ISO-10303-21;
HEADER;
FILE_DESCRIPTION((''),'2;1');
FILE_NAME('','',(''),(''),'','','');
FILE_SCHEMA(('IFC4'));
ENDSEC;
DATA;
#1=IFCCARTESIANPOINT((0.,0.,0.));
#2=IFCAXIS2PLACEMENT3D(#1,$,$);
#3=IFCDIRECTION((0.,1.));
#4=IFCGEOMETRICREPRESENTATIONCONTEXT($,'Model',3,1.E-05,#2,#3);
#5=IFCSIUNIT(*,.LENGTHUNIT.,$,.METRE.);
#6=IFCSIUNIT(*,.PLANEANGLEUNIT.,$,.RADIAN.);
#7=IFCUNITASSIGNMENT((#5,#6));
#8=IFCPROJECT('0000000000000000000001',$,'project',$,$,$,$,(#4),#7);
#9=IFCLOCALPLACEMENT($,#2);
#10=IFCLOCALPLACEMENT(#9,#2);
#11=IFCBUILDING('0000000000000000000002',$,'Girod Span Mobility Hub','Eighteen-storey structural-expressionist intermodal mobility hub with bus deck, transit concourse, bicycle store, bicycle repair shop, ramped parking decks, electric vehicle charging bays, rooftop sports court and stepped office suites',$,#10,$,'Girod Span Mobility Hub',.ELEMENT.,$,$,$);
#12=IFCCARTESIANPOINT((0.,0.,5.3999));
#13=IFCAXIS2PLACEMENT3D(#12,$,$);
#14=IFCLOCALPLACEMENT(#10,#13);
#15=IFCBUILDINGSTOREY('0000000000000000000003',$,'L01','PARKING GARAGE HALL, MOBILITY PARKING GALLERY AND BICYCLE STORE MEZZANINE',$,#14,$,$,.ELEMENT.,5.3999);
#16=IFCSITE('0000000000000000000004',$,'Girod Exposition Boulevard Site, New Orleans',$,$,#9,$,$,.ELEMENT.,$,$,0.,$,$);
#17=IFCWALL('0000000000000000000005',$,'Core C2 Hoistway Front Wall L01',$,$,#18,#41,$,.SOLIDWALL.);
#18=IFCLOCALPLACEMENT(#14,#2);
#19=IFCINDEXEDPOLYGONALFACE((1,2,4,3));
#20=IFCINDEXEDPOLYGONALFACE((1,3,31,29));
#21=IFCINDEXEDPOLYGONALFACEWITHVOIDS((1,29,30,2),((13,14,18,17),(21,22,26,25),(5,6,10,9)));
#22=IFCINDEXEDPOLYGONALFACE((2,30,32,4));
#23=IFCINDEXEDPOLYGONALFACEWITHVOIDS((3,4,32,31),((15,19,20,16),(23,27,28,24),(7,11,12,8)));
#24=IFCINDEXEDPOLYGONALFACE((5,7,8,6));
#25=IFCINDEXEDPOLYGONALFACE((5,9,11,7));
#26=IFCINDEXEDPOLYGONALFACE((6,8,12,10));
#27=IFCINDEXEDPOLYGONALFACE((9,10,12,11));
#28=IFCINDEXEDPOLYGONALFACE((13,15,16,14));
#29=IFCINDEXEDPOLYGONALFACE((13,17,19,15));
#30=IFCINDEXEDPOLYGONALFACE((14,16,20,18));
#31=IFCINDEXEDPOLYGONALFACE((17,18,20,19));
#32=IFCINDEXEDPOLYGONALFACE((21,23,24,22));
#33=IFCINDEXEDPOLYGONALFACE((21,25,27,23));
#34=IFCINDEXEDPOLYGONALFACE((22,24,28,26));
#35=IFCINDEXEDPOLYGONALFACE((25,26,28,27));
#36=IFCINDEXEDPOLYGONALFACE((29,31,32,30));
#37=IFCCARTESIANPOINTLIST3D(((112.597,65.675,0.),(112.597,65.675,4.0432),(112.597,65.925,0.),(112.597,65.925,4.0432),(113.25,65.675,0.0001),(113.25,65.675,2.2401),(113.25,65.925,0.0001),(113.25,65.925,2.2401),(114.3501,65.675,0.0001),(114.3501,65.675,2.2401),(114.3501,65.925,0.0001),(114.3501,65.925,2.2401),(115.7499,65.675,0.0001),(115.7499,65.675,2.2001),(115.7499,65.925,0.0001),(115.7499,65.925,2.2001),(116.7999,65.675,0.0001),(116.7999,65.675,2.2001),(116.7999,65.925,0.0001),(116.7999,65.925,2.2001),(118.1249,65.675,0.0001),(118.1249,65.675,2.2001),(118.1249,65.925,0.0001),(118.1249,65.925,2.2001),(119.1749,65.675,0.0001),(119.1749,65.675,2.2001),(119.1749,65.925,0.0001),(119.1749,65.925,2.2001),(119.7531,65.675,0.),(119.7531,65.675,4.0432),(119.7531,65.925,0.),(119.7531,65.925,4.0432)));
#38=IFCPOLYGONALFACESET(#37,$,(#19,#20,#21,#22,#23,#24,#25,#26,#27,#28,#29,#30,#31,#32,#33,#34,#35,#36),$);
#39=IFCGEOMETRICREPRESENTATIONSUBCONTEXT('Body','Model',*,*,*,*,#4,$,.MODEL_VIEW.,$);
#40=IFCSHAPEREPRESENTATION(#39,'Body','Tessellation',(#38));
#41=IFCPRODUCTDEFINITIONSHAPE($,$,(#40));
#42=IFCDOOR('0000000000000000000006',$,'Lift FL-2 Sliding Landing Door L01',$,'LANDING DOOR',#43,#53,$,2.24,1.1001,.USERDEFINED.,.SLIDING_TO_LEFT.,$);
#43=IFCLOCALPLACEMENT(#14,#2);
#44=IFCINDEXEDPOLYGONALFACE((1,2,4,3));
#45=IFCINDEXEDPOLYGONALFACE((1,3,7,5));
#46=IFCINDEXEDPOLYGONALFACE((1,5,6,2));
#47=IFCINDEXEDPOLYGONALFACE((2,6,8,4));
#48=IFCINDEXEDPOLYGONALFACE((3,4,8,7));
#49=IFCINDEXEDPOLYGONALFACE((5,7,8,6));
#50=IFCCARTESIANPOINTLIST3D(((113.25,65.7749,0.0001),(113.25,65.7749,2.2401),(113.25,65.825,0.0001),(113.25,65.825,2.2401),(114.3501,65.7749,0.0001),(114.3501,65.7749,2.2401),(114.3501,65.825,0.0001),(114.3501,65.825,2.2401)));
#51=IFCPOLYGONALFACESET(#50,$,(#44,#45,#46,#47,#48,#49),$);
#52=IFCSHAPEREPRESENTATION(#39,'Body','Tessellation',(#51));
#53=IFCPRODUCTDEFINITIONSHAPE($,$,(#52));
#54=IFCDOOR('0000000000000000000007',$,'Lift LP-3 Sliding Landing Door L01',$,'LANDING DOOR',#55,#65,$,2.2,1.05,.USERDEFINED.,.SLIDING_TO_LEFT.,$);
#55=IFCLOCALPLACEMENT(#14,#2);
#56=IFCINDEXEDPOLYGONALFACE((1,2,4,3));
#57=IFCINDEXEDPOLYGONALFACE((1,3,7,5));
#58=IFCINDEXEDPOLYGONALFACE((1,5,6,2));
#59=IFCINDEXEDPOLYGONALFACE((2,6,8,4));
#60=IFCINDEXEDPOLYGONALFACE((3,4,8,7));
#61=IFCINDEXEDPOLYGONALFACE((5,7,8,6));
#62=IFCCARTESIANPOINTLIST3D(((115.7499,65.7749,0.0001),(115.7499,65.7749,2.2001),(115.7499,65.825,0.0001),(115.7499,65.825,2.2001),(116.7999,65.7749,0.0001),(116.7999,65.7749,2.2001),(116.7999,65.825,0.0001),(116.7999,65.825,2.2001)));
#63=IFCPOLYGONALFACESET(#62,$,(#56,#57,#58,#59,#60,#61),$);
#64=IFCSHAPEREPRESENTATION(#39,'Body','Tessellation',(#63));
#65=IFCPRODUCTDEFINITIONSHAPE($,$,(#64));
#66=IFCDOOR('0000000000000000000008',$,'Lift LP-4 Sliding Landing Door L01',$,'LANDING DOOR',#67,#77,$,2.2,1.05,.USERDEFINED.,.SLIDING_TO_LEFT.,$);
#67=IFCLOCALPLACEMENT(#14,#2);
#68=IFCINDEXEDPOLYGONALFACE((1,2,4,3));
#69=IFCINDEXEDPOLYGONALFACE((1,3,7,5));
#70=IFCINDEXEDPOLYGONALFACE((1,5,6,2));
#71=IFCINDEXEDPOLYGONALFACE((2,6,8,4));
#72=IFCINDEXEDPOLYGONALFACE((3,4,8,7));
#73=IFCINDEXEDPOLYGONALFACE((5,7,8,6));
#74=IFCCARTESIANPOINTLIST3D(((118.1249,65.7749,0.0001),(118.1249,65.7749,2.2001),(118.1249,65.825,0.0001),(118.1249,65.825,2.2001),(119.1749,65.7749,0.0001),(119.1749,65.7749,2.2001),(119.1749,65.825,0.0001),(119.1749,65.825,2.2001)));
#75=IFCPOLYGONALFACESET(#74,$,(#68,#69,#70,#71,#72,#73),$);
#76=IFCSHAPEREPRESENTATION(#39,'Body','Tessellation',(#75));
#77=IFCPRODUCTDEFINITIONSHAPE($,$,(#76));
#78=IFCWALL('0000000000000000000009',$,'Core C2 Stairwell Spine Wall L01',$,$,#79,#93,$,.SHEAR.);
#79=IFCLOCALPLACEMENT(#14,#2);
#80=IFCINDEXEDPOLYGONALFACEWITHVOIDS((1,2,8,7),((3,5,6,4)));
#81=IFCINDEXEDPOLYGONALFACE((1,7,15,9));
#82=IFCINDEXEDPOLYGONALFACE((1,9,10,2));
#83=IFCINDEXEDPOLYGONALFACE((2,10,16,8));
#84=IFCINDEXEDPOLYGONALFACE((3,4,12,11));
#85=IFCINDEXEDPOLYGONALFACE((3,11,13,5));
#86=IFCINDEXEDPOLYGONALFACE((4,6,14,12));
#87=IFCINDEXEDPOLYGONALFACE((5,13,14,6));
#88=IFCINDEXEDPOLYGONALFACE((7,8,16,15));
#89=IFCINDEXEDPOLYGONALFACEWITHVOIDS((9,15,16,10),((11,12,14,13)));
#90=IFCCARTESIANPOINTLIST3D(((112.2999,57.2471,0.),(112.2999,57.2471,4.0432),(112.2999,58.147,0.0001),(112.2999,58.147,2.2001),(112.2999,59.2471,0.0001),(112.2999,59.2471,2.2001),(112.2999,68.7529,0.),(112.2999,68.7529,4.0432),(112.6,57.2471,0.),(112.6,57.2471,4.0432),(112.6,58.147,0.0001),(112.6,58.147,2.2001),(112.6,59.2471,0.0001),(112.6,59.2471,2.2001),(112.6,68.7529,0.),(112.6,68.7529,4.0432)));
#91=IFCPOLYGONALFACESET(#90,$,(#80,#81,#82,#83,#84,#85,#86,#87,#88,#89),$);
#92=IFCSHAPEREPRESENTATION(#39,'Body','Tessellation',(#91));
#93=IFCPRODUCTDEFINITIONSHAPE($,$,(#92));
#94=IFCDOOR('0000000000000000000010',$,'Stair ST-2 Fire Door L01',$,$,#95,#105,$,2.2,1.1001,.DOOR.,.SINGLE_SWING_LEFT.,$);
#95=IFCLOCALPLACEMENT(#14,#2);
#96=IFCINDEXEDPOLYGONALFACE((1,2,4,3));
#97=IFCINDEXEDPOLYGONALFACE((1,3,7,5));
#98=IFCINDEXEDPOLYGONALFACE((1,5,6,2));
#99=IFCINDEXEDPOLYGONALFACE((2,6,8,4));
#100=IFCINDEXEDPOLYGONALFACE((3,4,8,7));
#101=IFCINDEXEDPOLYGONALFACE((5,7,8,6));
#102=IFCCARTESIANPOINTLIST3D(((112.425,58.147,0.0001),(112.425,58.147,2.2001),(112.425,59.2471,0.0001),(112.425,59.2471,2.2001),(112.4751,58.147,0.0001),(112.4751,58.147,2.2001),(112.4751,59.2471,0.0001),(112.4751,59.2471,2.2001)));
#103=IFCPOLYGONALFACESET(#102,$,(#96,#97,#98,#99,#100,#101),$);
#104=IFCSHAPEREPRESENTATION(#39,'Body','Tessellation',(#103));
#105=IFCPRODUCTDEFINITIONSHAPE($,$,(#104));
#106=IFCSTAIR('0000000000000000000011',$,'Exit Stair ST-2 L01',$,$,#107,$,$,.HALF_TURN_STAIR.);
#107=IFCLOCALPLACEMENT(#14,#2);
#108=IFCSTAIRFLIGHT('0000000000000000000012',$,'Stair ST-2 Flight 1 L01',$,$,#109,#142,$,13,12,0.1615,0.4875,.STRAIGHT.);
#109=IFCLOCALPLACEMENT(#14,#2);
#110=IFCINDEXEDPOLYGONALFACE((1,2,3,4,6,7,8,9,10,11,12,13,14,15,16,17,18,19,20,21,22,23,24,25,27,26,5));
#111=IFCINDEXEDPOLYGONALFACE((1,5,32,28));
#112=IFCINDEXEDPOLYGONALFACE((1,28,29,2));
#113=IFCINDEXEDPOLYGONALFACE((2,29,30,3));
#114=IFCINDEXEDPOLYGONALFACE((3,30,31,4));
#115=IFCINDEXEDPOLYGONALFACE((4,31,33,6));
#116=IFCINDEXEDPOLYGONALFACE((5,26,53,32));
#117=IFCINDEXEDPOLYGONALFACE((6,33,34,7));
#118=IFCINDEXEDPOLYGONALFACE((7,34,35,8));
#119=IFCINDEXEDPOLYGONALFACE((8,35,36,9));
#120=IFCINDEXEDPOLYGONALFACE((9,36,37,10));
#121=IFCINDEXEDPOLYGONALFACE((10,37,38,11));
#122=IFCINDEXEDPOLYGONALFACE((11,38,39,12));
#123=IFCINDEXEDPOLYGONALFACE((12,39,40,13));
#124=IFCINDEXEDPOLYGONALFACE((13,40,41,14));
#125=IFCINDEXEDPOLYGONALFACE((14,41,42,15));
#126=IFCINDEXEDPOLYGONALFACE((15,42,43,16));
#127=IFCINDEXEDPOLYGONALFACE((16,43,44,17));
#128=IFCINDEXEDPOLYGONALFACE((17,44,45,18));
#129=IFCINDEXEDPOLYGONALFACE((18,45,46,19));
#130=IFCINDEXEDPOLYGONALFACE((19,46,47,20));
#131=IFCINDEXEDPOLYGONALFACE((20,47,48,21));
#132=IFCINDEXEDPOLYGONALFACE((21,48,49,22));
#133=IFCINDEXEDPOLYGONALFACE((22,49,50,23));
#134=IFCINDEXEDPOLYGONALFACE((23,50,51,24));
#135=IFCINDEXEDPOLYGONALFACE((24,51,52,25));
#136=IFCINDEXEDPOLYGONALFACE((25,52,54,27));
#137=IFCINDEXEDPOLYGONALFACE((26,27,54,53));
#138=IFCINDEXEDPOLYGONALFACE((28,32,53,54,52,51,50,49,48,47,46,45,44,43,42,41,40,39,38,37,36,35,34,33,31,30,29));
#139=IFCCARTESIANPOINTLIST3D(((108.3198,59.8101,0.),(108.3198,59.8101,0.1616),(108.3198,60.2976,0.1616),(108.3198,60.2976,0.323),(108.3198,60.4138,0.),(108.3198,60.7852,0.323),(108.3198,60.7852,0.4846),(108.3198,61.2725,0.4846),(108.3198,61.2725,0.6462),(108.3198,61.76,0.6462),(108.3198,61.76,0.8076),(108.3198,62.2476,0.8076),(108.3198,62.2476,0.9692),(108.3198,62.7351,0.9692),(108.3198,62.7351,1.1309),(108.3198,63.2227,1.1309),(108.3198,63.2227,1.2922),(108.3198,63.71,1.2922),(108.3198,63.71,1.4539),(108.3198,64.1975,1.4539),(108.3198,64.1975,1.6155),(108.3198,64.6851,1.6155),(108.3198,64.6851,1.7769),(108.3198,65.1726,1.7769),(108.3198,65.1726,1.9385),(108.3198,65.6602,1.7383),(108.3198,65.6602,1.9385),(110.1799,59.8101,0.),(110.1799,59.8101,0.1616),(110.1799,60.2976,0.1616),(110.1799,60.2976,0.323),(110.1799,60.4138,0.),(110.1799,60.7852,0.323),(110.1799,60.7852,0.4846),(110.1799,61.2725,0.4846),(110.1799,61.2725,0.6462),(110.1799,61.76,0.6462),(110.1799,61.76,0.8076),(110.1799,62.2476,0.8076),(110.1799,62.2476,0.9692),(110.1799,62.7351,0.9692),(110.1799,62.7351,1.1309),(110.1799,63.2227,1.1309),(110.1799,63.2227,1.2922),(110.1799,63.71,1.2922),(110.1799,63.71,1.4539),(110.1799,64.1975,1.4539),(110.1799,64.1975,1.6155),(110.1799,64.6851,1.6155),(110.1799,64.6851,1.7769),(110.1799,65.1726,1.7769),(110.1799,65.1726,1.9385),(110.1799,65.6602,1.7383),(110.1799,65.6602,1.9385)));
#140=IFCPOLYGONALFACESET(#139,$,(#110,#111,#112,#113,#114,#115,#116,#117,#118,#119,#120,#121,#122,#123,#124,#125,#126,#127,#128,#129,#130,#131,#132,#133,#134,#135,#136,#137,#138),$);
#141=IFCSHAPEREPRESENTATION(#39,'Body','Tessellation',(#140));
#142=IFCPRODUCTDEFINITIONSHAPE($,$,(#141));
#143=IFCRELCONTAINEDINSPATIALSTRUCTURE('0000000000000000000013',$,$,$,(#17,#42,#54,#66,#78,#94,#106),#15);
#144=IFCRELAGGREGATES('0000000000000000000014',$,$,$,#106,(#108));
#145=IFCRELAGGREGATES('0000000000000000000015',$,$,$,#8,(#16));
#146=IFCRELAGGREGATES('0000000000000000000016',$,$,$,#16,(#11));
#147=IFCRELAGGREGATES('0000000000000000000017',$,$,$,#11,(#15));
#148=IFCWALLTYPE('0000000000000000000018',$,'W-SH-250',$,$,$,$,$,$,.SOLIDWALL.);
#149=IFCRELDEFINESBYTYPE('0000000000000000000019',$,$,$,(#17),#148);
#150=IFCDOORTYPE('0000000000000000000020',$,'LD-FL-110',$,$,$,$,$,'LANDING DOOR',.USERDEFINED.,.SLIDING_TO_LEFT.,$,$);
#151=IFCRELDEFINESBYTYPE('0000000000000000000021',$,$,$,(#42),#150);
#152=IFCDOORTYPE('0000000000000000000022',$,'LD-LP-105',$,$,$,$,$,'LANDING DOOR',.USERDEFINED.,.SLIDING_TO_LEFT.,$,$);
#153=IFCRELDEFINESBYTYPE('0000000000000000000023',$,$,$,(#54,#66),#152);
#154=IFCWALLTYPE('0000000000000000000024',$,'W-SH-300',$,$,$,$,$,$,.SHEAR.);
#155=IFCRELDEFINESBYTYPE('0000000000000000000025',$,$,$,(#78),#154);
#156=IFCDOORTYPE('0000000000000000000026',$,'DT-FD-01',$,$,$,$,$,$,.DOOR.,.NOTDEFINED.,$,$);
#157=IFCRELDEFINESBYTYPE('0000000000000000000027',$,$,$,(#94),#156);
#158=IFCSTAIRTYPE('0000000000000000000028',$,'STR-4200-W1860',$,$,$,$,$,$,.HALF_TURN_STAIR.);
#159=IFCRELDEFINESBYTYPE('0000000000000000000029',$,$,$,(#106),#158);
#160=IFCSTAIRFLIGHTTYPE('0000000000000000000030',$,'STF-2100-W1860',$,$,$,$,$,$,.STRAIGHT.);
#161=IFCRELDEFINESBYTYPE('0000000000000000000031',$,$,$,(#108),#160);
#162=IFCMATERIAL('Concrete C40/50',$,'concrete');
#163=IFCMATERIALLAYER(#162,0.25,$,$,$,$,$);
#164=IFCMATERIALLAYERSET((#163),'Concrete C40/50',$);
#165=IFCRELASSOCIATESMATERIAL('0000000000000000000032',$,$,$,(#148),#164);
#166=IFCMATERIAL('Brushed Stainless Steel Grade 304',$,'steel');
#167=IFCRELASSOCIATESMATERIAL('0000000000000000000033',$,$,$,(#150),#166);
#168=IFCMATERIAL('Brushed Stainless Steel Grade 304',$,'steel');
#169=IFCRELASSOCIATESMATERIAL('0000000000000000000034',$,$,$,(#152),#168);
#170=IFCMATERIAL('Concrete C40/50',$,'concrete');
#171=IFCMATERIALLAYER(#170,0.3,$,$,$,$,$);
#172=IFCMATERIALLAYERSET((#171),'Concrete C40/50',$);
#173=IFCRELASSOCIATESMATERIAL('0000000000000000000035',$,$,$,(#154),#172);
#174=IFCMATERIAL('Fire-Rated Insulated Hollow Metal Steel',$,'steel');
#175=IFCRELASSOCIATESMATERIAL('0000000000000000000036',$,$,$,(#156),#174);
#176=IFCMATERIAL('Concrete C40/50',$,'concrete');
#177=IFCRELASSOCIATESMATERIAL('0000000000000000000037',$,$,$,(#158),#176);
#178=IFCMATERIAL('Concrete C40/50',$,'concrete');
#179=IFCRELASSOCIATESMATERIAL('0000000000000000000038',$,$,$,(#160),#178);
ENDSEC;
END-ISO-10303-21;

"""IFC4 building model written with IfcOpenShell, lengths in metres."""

from ifc_helpers import new_model, si_unit, direction, frame, frame_2d, origin, place, context, subcontext, project, spatial, polyline, rectangle, outline, extrude, material, layer, layer_set, type_object, element, fill, aggregate, save


model = new_model("IFC4")

# Units and contexts
model_context = context("Model", 3, precision=1e-05, world=origin(), true_north=direction((0.0, 1.0)))
body_context = subcontext(model_context, "Body", "Model", "MODEL_VIEW")
ifc_project = project(units=[si_unit("LENGTHUNIT", "METRE"), si_unit("PLANEANGLEUNIT", "RADIAN")], contexts=[model_context])

# Site, building, storey
site_placement = place(None, origin())
site = spatial("IfcSite", under=ifc_project, at=site_placement, Name="Girod Exposition Boulevard Site, New Orleans", CompositionType="ELEMENT", RefElevation=0.0)
building_placement = place(site_placement, origin())
building = spatial("IfcBuilding", under=site, at=building_placement, Name="Girod Span Mobility Hub", Description="Eighteen-storey structural-expressionist intermodal mobility hub with bus deck, transit concourse, bicycle store, bicycle repair shop, ramped parking decks, electric vehicle charging bays, rooftop sports court and stepped office suites", LongName="Girod Span Mobility Hub", CompositionType="ELEMENT")
storey_placement = place(building_placement, frame((0.0, 0.0, 5.3999)))
storey = spatial("IfcBuildingStorey", under=building, at=storey_placement, Name="L01", Description="PARKING GARAGE HALL, MOBILITY PARKING GALLERY AND BICYCLE STORE MEZZANINE", CompositionType="ELEMENT", Elevation=5.3999)

# Wall, openings, doors
ifc_material_1 = material(Name="Concrete C40/50", Category="concrete")
ifc_layer_1 = layer(ifc_material_1, 0.25)
ifc_layer_set_1 = layer_set([ifc_layer_1], Name="Concrete C40/50")
wall_type_1 = type_object("IfcWallType", Name="W-SH-250", PredefinedType="SOLIDWALL", material=ifc_layer_set_1)
wall_1_placement = place(storey_placement, frame((112.5969, 65.8, 0.0), z_axis=(0.0, 0.0, 1.0), x_axis=(1.0, 0.0, 0.0)))
wall_1 = element("IfcWall", 1, at=wall_1_placement, inside=storey, type_object=wall_type_1, Name="Core C2 Hoistway Front Wall L01", PredefinedType="SOLIDWALL", context=body_context, shape_type="SweptSolid", body=[
    extrude(rectangle(XDim=7.156, YDim=0.25, at=frame_2d((3.5781, 0.0))), origin(), (0.0, 0.0, 1.0), 4.0432),
])
opening_1_placement = place(wall_1_placement, frame((0.6531, 0.0, 0.0)))
opening_1 = element("IfcOpeningElement", 2, at=opening_1_placement, cuts=wall_1, PredefinedType="OPENING", context=body_context, shape_type="SweptSolid", body=[
    extrude(rectangle(XDim=1.1001, YDim=2.24, at=frame_2d((0.55, 1.1201))), frame((0.0, 0.1399, 0.0), z_axis=(0.0, -1.0, 0.0), x_axis=(1.0, 0.0, 0.0)), (0.0, 0.0, 1.0), 0.28),
])
opening_2_placement = place(wall_1_placement, frame((3.1531, 0.0, 0.0)))
opening_2 = element("IfcOpeningElement", 3, at=opening_2_placement, cuts=wall_1, PredefinedType="OPENING", context=body_context, shape_type="SweptSolid", body=[
    extrude(rectangle(XDim=1.05, YDim=2.2, at=frame_2d((0.5249, 1.1001))), frame((0.0, 0.1399, 0.0), z_axis=(0.0, -1.0, 0.0), x_axis=(1.0, 0.0, 0.0)), (0.0, 0.0, 1.0), 0.28),
])
opening_3_placement = place(wall_1_placement, frame((5.5281, 0.0, 0.0)))
opening_3 = element("IfcOpeningElement", 4, at=opening_3_placement, cuts=wall_1, PredefinedType="OPENING", context=body_context, shape_type="SweptSolid", body=[
    extrude(rectangle(XDim=1.05, YDim=2.2, at=frame_2d((0.5249, 1.1001))), frame((0.0, 0.1399, 0.0), z_axis=(0.0, -1.0, 0.0), x_axis=(1.0, 0.0, 0.0)), (0.0, 0.0, 1.0), 0.28),
])
ifc_material_2 = material(Name="Brushed Stainless Steel Grade 304", Category="steel")
door_type_1 = type_object("IfcDoorType", Name="LD-FL-110", ElementType="LANDING DOOR", OperationType="SLIDING_TO_LEFT", PredefinedType="USERDEFINED", material=ifc_material_2)
door_1_placement = place(opening_1_placement, origin())
door_1 = element("IfcDoor", 5, at=door_1_placement, inside=storey, type_object=door_type_1, Name="Lift FL-2 Sliding Landing Door L01", ObjectType="LANDING DOOR", OperationType="SLIDING_TO_LEFT", OverallHeight=2.24, OverallWidth=1.1001, PredefinedType="USERDEFINED", context=body_context, shape_type="SweptSolid", body=[
    extrude(rectangle(XDim=1.1001, YDim=2.24, at=frame_2d((0.55, 1.1201))), frame((0.0, 0.0249, 0.0), z_axis=(0.0, -1.0, 0.0), x_axis=(1.0, 0.0, 0.0)), (0.0, 0.0, 1.0), 0.05),
])
fill(opening_1, door_1)
ifc_material_3 = material(Name="Brushed Stainless Steel Grade 304", Category="steel")
door_type_2 = type_object("IfcDoorType", Name="LD-LP-105", ElementType="LANDING DOOR", OperationType="SLIDING_TO_LEFT", PredefinedType="USERDEFINED", material=ifc_material_3)
door_2_placement = place(opening_2_placement, origin())
door_2 = element("IfcDoor", 6, at=door_2_placement, inside=storey, type_object=door_type_2, Name="Lift LP-3 Sliding Landing Door L01", ObjectType="LANDING DOOR", OperationType="SLIDING_TO_LEFT", OverallHeight=2.2, OverallWidth=1.05, PredefinedType="USERDEFINED", context=body_context, shape_type="SweptSolid", body=[
    extrude(rectangle(XDim=1.05, YDim=2.2, at=frame_2d((0.5249, 1.1001))), frame((0.0, 0.0249, 0.0), z_axis=(0.0, -1.0, 0.0), x_axis=(1.0, 0.0, 0.0)), (0.0, 0.0, 1.0), 0.05),
])
fill(opening_2, door_2)
door_3_placement = place(opening_3_placement, origin())
door_3 = element("IfcDoor", 7, at=door_3_placement, inside=storey, type_object=door_type_2, Name="Lift LP-4 Sliding Landing Door L01", ObjectType="LANDING DOOR", OperationType="SLIDING_TO_LEFT", OverallHeight=2.2, OverallWidth=1.05, PredefinedType="USERDEFINED", context=body_context, shape_type="SweptSolid", body=[
    extrude(rectangle(XDim=1.05, YDim=2.2, at=frame_2d((0.5249, 1.1001))), frame((0.0, 0.0249, 0.0), z_axis=(0.0, -1.0, 0.0), x_axis=(1.0, 0.0, 0.0)), (0.0, 0.0, 1.0), 0.05),
])
fill(opening_3, door_3)

# Wall, opening, door
ifc_material_4 = material(Name="Concrete C40/50", Category="concrete")
ifc_layer_2 = layer(ifc_material_4, 0.3)
ifc_layer_set_2 = layer_set([ifc_layer_2], Name="Concrete C40/50")
wall_type_2 = type_object("IfcWallType", Name="W-SH-300", PredefinedType="SHEAR", material=ifc_layer_set_2)
wall_2_placement = place(storey_placement, frame((112.45, 57.2471, 0.0), z_axis=(0.0, 0.0, 1.0), x_axis=(0.0, 1.0, 0.0)))
wall_2 = element("IfcWall", 8, at=wall_2_placement, inside=storey, type_object=wall_type_2, Name="Core C2 Stairwell Spine Wall L01", PredefinedType="SHEAR", context=body_context, shape_type="SweptSolid", body=[
    extrude(rectangle(XDim=11.5059, YDim=0.3, at=frame_2d((5.7529, 0.0))), origin(), (0.0, 0.0, 1.0), 4.0432),
])
opening_4_placement = place(wall_2_placement, frame((0.8999, 0.0, 0.0)))
opening_4 = element("IfcOpeningElement", 9, at=opening_4_placement, cuts=wall_2, PredefinedType="OPENING", context=body_context, shape_type="SweptSolid", body=[
    extrude(rectangle(XDim=1.1001, YDim=2.2, at=frame_2d((0.55, 1.1001))), frame((0.0, 0.165, 0.0), z_axis=(0.0, -1.0, 0.0), x_axis=(1.0, 0.0, 0.0)), (0.0, 0.0, 1.0), 0.3301),
])
ifc_material_5 = material(Name="Fire-Rated Insulated Hollow Metal Steel", Category="steel")
door_type_3 = type_object("IfcDoorType", Name="DT-FD-01", OperationType="NOTDEFINED", PredefinedType="DOOR", material=ifc_material_5)
door_4_placement = place(opening_4_placement, origin())
door_4 = element("IfcDoor", 10, at=door_4_placement, inside=storey, type_object=door_type_3, Name="Stair ST-2 Fire Door L01", OperationType="SINGLE_SWING_LEFT", OverallHeight=2.2, OverallWidth=1.1001, PredefinedType="DOOR", context=body_context, shape_type="SweptSolid", body=[
    extrude(rectangle(XDim=1.1001, YDim=2.2, at=frame_2d((0.55, 1.1001))), frame((0.0, 0.0249, 0.0), z_axis=(0.0, -1.0, 0.0), x_axis=(1.0, 0.0, 0.0)), (0.0, 0.0, 1.0), 0.05),
])
fill(opening_4, door_4)

# Stair, stair flight
ifc_material_6 = material(Name="Concrete C40/50", Category="concrete")
stair_type = type_object("IfcStairType", Name="STR-4200-W1860", PredefinedType="HALF_TURN_STAIR", material=ifc_material_6)
stair_placement = place(storey_placement, origin())
stair = element("IfcStair", 11, at=stair_placement, inside=storey, type_object=stair_type, Name="Exit Stair ST-2 L01", PredefinedType="HALF_TURN_STAIR")
ifc_material_7 = material(Name="Concrete C40/50", Category="concrete")
stair_flight_type = type_object("IfcStairFlightType", Name="STF-2100-W1860", PredefinedType="STRAIGHT", material=ifc_material_7)
stair_flight_1_placement = place(storey_placement, frame((109.25, 59.8101, 0.0), z_axis=(0.0, 0.0, 1.0), x_axis=(0.0, 1.0, 0.0)))
stair_flight_1 = element("IfcStairFlight", 12, at=stair_flight_1_placement, type_object=stair_flight_type, Name="Stair ST-2 Flight 1 L01", NumberOfRisers=13, NumberOfTreads=12, PredefinedType="STRAIGHT", RiserHeight=0.1615, TreadLength=0.4875, context=body_context, shape_type="SweptSolid", body=[
    extrude(outline(polyline([(0.0, 0.0), (0.0, 0.1616), (0.4875, 0.1616), (0.4875, 0.323), (0.9751, 0.323), (0.9751, 0.4846), (1.4624, 0.4846), (1.4624, 0.6462), (1.95, 0.6462), (1.95, 0.8076), (2.4375, 0.8076), (2.4375, 0.9692), (2.925, 0.9692), (2.925, 1.1309), (3.4126, 1.1309), (3.4126, 1.2922), (3.8999, 1.2922), (3.8999, 1.4539), (4.3875, 1.4539), (4.3875, 1.6155), (4.875, 1.6155), (4.875, 1.7769), (5.3625, 1.7769), (5.3625, 1.9385), (5.8501, 1.9385), (5.8501, 2.1001), (5.8501, 1.7383), (0.6038, 0.0), (0.0, 0.0)])), frame((0.0, 0.9302, 0.0), z_axis=(0.0, -1.0, 0.0), x_axis=(1.0, 0.0, 0.0)), (0.0, 0.0, 1.0), 1.8601),
])
aggregate(stair, [stair_flight_1])

save(model, "model.ifc")
